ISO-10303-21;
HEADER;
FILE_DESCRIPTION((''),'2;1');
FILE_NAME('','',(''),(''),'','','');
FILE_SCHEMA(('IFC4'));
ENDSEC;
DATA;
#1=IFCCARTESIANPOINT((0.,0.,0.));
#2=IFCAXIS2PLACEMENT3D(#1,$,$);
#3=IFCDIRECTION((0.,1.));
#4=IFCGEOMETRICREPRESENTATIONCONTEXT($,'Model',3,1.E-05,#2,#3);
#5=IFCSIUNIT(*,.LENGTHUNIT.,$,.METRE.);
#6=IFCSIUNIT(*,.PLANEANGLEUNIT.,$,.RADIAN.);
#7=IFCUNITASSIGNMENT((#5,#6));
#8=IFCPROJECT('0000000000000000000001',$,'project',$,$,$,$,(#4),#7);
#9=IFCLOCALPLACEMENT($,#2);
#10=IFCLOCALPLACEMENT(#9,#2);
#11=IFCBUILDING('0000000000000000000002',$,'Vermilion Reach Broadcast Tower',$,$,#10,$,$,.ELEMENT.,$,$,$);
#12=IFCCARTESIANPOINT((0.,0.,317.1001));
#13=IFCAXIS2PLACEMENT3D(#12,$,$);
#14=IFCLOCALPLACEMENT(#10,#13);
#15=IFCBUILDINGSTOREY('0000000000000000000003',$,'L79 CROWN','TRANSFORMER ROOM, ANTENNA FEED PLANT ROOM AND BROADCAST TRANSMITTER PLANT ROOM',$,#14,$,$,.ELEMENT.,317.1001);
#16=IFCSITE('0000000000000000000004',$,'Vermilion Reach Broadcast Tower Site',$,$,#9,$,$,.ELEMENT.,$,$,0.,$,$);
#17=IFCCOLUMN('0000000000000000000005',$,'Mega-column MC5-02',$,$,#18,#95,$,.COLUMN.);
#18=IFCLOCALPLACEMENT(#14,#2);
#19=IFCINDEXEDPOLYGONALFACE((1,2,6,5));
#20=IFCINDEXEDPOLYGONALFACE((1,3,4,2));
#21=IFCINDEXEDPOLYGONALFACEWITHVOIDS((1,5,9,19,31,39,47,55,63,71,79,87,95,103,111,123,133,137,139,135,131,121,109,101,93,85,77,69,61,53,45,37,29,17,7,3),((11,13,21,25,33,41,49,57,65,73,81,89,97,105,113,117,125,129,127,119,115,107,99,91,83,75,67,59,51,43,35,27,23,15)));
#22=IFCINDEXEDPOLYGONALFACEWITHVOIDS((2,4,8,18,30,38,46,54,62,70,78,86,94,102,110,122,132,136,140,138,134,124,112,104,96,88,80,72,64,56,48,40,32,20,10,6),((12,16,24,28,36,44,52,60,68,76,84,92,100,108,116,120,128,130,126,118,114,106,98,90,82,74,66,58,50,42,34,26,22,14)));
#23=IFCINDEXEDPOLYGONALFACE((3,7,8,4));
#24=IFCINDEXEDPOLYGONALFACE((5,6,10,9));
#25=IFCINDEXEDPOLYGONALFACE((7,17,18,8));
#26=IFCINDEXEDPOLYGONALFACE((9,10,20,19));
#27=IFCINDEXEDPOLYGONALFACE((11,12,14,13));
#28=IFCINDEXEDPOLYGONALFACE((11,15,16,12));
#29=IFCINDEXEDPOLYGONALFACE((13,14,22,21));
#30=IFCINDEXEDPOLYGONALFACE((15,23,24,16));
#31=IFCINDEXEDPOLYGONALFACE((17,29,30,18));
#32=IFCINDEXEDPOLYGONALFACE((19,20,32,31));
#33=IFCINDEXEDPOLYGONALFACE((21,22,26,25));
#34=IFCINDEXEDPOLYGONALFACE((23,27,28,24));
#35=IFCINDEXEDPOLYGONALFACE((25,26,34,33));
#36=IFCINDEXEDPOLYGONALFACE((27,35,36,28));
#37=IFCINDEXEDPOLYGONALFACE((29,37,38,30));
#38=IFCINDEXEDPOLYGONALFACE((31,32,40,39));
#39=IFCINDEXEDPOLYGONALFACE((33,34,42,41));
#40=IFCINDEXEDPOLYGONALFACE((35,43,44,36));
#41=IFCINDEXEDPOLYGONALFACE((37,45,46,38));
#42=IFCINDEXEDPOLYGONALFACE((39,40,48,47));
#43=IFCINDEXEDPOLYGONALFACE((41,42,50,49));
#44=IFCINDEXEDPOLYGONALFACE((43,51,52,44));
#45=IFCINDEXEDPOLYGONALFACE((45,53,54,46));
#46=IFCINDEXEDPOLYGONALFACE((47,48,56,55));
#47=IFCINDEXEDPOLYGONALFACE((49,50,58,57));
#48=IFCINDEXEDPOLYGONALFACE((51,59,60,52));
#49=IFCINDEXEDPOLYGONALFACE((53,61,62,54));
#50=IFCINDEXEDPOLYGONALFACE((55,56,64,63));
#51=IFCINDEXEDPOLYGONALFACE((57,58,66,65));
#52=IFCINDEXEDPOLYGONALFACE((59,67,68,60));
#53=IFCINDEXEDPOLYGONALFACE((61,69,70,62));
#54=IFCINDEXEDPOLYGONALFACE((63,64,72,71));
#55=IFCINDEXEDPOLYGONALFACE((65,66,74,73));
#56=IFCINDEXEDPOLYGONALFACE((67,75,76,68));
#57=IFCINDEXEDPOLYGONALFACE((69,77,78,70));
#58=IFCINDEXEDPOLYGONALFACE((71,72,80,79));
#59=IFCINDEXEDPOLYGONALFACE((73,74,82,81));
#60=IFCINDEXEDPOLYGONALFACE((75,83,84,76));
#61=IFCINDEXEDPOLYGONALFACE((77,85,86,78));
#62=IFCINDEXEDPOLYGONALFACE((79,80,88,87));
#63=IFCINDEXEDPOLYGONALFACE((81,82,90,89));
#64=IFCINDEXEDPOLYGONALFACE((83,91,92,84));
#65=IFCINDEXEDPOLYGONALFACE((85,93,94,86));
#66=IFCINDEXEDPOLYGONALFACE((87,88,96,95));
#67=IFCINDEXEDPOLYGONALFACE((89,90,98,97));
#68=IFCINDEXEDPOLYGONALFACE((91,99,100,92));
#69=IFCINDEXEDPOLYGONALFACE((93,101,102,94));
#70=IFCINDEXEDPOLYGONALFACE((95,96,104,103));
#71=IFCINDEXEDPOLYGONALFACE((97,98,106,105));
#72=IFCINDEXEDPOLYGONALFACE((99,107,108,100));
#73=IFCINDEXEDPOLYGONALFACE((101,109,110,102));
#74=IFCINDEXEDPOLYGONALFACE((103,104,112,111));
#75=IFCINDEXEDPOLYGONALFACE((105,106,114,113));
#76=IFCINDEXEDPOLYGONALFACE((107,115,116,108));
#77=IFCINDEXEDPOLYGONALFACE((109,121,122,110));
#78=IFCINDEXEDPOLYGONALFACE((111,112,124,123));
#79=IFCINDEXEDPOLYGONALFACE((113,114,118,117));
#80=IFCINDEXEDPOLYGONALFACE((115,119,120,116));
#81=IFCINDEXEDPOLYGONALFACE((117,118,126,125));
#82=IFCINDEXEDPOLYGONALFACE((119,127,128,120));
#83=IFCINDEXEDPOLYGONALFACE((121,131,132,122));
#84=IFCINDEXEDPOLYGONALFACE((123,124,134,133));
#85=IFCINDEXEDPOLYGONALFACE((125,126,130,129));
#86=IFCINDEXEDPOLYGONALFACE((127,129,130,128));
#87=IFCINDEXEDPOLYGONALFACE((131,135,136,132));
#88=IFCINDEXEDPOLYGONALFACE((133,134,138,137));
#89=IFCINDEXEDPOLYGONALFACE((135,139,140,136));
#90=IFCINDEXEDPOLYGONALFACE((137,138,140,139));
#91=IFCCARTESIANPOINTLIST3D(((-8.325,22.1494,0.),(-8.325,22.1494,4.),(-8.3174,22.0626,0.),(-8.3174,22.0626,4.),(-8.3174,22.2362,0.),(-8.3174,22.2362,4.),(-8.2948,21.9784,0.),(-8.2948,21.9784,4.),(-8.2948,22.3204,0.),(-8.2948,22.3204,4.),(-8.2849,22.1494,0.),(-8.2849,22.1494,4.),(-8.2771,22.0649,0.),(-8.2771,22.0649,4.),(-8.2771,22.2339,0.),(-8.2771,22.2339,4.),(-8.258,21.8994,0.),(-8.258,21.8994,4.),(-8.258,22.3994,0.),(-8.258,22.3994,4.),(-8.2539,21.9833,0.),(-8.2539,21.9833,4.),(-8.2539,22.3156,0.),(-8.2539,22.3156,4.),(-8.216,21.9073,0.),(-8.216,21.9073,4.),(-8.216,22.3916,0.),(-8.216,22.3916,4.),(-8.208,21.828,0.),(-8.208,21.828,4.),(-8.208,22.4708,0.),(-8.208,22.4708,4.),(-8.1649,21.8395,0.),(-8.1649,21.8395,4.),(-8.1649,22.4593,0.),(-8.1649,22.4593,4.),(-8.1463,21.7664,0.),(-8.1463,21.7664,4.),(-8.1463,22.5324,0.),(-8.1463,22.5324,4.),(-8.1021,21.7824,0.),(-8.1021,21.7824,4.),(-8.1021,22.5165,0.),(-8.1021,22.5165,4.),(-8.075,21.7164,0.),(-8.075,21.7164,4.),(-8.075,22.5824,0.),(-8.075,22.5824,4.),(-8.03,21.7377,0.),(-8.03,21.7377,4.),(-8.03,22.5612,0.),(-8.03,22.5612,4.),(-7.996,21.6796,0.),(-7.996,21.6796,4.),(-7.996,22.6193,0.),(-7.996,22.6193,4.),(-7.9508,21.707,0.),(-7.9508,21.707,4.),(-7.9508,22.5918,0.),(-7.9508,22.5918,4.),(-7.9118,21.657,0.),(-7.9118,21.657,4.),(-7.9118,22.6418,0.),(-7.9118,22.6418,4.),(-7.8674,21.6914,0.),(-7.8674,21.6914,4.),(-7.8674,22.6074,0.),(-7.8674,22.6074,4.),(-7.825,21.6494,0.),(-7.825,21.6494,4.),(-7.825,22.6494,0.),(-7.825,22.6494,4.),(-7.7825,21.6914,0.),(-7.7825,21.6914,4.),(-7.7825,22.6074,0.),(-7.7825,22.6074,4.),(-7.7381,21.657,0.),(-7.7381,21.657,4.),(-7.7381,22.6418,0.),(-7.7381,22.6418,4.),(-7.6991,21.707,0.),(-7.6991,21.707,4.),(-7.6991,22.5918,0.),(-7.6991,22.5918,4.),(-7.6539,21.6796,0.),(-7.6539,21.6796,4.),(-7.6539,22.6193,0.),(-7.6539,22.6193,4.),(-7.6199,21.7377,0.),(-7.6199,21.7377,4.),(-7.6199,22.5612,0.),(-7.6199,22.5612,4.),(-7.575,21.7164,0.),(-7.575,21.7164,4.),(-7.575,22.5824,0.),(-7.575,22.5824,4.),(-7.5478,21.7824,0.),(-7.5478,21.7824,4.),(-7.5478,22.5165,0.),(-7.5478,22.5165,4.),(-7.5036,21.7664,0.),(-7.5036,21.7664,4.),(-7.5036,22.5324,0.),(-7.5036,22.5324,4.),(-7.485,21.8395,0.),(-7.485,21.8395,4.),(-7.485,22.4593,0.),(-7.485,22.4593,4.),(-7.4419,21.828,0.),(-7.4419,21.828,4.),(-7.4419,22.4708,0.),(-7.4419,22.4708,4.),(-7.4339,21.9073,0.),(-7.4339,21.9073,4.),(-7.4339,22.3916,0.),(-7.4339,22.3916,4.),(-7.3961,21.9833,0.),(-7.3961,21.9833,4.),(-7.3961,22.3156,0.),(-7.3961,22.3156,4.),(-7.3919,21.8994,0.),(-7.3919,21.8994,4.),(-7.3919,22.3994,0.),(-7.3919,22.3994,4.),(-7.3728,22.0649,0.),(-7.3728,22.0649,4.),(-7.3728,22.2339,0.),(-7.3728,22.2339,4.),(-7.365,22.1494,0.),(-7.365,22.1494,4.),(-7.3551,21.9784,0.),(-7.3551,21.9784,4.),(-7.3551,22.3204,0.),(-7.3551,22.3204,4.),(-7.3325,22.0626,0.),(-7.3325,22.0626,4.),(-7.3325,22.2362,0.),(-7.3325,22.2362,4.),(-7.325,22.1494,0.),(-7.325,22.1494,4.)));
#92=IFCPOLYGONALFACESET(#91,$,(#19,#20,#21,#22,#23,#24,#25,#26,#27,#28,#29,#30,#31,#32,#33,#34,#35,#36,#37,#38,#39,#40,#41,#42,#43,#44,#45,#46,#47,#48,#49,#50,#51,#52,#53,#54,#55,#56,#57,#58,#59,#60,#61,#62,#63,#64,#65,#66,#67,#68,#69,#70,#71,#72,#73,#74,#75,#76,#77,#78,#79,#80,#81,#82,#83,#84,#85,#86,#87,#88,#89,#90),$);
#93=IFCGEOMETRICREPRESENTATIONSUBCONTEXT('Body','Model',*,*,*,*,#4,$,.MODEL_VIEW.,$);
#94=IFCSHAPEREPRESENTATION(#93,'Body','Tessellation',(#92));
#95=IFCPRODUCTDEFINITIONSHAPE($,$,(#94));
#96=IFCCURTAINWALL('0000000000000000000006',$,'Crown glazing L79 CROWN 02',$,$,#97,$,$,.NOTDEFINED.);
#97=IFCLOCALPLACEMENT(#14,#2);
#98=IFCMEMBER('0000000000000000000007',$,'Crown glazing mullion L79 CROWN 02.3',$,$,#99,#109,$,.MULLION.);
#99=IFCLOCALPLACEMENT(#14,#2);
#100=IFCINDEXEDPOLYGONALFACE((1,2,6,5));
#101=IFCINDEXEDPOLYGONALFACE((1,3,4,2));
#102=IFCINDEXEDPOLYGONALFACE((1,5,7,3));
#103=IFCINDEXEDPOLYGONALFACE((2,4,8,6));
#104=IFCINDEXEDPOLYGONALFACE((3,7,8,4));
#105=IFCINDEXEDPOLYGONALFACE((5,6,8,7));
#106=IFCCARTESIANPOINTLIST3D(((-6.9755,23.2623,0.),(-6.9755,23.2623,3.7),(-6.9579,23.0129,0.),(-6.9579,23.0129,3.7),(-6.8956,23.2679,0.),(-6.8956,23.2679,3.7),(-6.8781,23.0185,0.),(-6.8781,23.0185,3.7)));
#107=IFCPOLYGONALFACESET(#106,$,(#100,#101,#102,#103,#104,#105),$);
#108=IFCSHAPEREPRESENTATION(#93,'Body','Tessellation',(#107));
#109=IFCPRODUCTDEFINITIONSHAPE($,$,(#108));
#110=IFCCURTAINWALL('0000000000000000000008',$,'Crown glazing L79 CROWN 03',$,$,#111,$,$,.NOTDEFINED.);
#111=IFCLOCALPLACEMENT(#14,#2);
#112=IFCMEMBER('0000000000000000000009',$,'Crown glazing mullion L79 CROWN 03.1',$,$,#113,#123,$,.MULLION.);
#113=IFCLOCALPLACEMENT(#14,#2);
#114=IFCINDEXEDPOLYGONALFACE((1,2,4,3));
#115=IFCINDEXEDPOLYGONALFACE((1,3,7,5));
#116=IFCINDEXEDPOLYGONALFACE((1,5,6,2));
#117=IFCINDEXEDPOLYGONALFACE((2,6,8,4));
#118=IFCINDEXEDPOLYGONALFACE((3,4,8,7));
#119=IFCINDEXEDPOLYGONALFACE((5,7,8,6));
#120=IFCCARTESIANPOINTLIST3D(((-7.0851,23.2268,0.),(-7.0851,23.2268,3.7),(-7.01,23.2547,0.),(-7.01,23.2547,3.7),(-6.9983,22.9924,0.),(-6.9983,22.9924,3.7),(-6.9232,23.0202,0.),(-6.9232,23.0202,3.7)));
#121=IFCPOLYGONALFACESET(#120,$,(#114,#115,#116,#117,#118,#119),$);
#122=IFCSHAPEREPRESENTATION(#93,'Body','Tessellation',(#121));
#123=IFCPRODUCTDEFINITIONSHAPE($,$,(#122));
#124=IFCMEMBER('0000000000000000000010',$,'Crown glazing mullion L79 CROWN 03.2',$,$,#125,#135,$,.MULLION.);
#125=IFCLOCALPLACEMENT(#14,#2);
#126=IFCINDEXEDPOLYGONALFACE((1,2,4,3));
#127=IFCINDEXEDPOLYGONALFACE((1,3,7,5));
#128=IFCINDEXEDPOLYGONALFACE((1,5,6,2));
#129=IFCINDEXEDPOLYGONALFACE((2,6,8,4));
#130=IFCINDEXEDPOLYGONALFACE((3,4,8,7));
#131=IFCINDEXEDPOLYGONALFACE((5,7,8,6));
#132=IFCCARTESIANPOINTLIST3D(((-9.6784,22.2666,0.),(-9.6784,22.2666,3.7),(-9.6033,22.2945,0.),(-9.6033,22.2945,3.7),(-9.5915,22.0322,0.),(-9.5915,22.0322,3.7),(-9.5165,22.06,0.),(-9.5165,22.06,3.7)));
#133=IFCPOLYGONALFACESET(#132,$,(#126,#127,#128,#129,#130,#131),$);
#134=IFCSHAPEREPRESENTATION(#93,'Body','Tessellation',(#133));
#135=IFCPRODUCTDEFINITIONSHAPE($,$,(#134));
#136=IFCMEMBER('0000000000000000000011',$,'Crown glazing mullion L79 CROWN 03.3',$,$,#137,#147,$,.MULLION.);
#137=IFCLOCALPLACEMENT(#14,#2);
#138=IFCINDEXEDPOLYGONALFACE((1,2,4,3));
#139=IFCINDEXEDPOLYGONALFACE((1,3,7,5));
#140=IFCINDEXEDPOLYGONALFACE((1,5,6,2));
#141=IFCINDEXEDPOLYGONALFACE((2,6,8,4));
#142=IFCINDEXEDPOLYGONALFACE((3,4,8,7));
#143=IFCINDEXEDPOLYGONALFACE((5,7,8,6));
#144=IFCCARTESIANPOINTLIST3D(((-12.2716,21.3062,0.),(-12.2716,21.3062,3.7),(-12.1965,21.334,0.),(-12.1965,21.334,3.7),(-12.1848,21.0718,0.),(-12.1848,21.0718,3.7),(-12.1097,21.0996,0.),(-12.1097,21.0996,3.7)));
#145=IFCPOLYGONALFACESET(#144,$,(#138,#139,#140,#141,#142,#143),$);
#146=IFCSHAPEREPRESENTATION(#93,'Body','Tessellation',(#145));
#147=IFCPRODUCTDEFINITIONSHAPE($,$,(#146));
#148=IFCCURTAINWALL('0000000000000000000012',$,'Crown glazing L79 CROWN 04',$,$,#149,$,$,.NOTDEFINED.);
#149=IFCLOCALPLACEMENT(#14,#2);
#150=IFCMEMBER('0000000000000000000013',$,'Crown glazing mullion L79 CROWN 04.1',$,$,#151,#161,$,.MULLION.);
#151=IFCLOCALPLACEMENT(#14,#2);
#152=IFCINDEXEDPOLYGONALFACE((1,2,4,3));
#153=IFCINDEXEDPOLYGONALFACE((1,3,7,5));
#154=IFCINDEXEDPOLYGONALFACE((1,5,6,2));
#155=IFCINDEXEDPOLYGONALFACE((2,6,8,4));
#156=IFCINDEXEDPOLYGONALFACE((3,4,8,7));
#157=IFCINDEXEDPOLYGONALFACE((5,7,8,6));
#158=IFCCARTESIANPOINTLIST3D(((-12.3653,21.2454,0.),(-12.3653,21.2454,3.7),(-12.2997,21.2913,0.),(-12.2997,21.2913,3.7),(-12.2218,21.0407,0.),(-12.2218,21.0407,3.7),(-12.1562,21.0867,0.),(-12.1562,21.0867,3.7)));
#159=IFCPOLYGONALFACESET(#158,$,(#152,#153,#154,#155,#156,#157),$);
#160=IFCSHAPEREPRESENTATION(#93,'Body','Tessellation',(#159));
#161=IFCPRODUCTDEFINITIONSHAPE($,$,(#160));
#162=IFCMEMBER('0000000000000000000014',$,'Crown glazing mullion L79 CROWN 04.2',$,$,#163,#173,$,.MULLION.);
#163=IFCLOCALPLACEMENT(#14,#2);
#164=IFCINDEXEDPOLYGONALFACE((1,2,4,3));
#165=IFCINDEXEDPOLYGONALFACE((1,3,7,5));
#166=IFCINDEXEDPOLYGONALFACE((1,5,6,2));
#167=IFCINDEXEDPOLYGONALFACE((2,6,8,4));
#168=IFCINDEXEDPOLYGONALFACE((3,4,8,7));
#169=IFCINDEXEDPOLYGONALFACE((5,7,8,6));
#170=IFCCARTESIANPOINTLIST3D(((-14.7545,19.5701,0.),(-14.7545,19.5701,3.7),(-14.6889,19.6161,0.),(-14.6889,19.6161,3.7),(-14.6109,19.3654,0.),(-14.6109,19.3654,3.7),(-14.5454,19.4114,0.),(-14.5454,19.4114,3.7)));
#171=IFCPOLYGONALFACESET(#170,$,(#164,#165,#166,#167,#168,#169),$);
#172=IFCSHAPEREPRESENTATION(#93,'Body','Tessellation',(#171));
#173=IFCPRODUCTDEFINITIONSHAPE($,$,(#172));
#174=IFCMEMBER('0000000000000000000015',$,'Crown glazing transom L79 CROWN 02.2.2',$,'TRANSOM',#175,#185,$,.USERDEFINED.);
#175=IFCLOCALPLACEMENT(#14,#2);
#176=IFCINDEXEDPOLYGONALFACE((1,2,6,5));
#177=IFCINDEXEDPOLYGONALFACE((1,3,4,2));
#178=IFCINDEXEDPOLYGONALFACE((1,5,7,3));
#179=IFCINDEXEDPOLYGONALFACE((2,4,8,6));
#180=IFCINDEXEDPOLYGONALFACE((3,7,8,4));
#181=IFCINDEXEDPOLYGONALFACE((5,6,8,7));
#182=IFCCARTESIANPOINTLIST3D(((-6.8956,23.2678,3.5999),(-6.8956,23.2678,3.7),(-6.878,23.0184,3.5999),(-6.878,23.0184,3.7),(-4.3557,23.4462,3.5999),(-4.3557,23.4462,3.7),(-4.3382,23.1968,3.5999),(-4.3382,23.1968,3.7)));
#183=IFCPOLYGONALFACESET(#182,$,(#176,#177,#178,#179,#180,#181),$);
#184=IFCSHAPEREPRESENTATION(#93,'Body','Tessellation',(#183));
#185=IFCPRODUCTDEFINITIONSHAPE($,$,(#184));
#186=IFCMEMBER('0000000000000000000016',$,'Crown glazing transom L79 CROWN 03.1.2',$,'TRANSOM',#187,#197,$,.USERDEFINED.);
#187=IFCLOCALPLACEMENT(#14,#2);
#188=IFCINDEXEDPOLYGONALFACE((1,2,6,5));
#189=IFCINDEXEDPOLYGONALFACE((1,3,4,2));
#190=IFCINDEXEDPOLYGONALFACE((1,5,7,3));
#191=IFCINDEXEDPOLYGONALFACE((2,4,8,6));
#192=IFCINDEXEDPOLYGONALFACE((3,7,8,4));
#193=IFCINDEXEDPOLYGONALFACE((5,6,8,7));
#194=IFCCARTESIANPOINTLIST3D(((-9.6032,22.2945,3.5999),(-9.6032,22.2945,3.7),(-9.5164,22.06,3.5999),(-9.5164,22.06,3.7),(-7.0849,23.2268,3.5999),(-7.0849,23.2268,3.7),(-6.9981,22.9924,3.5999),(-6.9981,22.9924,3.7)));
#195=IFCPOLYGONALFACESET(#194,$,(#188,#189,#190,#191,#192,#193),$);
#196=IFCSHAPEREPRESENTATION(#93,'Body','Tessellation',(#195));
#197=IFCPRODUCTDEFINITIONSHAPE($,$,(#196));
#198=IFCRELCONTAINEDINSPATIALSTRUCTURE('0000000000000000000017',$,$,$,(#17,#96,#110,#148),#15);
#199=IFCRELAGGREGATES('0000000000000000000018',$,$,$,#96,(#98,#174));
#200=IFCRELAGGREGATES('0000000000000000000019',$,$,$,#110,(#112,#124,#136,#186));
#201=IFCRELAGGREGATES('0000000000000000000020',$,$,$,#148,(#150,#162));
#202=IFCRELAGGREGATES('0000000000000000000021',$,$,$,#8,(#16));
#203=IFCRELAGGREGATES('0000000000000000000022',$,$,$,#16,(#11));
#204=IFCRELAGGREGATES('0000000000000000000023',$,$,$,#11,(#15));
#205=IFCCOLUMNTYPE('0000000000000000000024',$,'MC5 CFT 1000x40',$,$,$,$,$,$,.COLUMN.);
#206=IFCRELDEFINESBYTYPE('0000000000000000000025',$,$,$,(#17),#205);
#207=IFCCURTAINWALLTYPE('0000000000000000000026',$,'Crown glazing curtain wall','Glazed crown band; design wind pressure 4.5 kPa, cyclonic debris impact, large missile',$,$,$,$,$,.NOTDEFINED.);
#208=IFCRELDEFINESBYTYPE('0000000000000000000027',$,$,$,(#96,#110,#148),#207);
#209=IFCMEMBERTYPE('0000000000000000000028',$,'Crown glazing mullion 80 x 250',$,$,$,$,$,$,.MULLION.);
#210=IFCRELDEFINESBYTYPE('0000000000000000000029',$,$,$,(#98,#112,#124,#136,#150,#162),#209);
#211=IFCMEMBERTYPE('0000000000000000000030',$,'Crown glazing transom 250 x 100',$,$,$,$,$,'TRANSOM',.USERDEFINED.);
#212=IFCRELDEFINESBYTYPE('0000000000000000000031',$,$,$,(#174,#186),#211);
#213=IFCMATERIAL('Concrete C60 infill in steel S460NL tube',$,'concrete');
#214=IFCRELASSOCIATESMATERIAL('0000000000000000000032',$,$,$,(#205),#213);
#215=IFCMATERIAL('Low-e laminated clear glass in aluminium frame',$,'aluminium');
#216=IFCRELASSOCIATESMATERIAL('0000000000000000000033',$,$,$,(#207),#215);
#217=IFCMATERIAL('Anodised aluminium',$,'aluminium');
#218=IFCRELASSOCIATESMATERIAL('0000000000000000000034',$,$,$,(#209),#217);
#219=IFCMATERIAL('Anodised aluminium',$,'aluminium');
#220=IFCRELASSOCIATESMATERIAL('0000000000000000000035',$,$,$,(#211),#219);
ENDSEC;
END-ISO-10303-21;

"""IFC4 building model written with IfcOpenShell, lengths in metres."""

from ifc_helpers import new_model, si_unit, direction, frame, origin, origin_2d, place, context, subcontext, project, spatial, rectangle, hollow_circle, extrude, material, material_profile, profile_set, type_object, element, aggregate, save


model = new_model("IFC4")

# Units and contexts
model_context = context("Model", 3, precision=1e-05, world=origin(), true_north=direction((0.0, 1.0)))
body_context = subcontext(model_context, "Body", "Model", "MODEL_VIEW")
ifc_project = project(units=[si_unit("LENGTHUNIT", "METRE"), si_unit("PLANEANGLEUNIT", "RADIAN")], contexts=[model_context])

# Site, building, storey
site_placement = place(None, origin())
site = spatial("IfcSite", under=ifc_project, at=site_placement, Name="Vermilion Reach Broadcast Tower Site", CompositionType="ELEMENT", RefElevation=0.0)
building_placement = place(site_placement, origin())
building = spatial("IfcBuilding", under=site, at=building_placement, Name="Vermilion Reach Broadcast Tower", CompositionType="ELEMENT")
storey_placement = place(building_placement, frame((0.0, 0.0, 317.1001)))
storey = spatial("IfcBuildingStorey", under=building, at=storey_placement, Name="L79 CROWN", Description="TRANSFORMER ROOM, ANTENNA FEED PLANT ROOM AND BROADCAST TRANSMITTER PLANT ROOM", CompositionType="ELEMENT", Elevation=317.1001)

# Column
ifc_material_1 = material(Name="Concrete C60 infill in steel S460NL tube", Category="concrete")
ifc_material_profile_1 = material_profile(ifc_material_1, hollow_circle(Radius=0.5, WallThickness=0.04, at=origin_2d()), Name="Concrete C60 infill in steel S460NL tube CFT 1000x40")
ifc_profile_set_1 = profile_set([ifc_material_profile_1], Name="Concrete C60 infill in steel S460NL tube")
column_type = type_object("IfcColumnType", Name="MC5 CFT 1000x40", PredefinedType="COLUMN", material=ifc_profile_set_1)
column_placement = place(storey_placement, frame((-7.825, 22.1494, 0.0), z_axis=(0.0, 0.0, 1.0), x_axis=(1.0, 0.0, 0.0)))
element("IfcColumn", 1, at=column_placement, inside=storey, type_object=column_type, Name="Mega-column MC5-02", PredefinedType="COLUMN", context=body_context, shape_type="SweptSolid", body=[
    extrude(hollow_circle(Radius=0.5, WallThickness=0.04, at=origin_2d()), origin(), (0.0, 0.0, 1.0), 4.0),
])

# Curtain wall, member
ifc_material_2 = material(Name="Low-e laminated clear glass in aluminium frame", Category="aluminium")
curtain_wall_type = type_object("IfcCurtainWallType", Name="Crown glazing curtain wall", Description="Glazed crown band; design wind pressure 4.5 kPa, cyclonic debris impact, large missile", PredefinedType="NOTDEFINED", material=ifc_material_2)
placement = place(storey_placement, origin())
curtain_wall_1 = element("IfcCurtainWall", 2, at=placement, inside=storey, type_object=curtain_wall_type, Name="Crown glazing L79 CROWN 02", PredefinedType="NOTDEFINED")
ifc_material_3 = material(Name="Anodised aluminium", Category="aluminium")
ifc_material_profile_2 = material_profile(ifc_material_3, rectangle(XDim=0.25, YDim=0.0801, at=origin_2d()), Name="Crown glazing mullion 80 x 250")
ifc_profile_set_2 = profile_set([ifc_material_profile_2], Name="Anodised aluminium")
member_type_1 = type_object("IfcMemberType", Name="Crown glazing mullion 80 x 250", PredefinedType="MULLION", material=ifc_profile_set_2)
member_1_placement = place(storey_placement, frame((-6.9268, 23.1404, 0.0), z_axis=(0.0, 0.0, 1.0), x_axis=(0.070082, -0.997541, 0.0)))
member_1 = element("IfcMember", 3, at=member_1_placement, type_object=member_type_1, Name="Crown glazing mullion L79 CROWN 02.3", PredefinedType="MULLION", context=body_context, shape_type="SweptSolid", body=[
    extrude(rectangle(XDim=0.25, YDim=0.0801, at=origin_2d()), origin(), (0.0, 0.0, 1.0), 3.7),
])

# Curtain walls, members
curtain_wall_2 = element("IfcCurtainWall", 4, at=placement, inside=storey, type_object=curtain_wall_type, Name="Crown glazing L79 CROWN 03", PredefinedType="NOTDEFINED")
member_2_placement = place(storey_placement, frame((-7.0042, 23.1235, 0.0), z_axis=(0.0, 0.0, 1.0), x_axis=(0.347291, -0.937757, 0.0)))
member_2 = element("IfcMember", 5, at=member_2_placement, type_object=member_type_1, Name="Crown glazing mullion L79 CROWN 03.1", PredefinedType="MULLION", context=body_context, shape_type="SweptSolid", body=[
    extrude(rectangle(XDim=0.25, YDim=0.0801, at=origin_2d()), origin(), (0.0, 0.0, 1.0), 3.7),
])
member_3_placement = place(storey_placement, frame((-9.5974, 22.1633, 0.0), z_axis=(0.0, 0.0, 1.0), x_axis=(0.347291, -0.937757, 0.0)))
member_3 = element("IfcMember", 6, at=member_3_placement, type_object=member_type_1, Name="Crown glazing mullion L79 CROWN 03.2", PredefinedType="MULLION", context=body_context, shape_type="SweptSolid", body=[
    extrude(rectangle(XDim=0.25, YDim=0.0801, at=origin_2d()), origin(), (0.0, 0.0, 1.0), 3.7),
])
member_4_placement = place(storey_placement, frame((-12.1907, 21.2029, 0.0), z_axis=(0.0, 0.0, 1.0), x_axis=(0.347291, -0.937757, 0.0)))
member_4 = element("IfcMember", 7, at=member_4_placement, type_object=member_type_1, Name="Crown glazing mullion L79 CROWN 03.3", PredefinedType="MULLION", context=body_context, shape_type="SweptSolid", body=[
    extrude(rectangle(XDim=0.25, YDim=0.0801, at=origin_2d()), origin(), (0.0, 0.0, 1.0), 3.7),
])
curtain_wall_3 = element("IfcCurtainWall", 8, at=placement, inside=storey, type_object=curtain_wall_type, Name="Crown glazing L79 CROWN 04", PredefinedType="NOTDEFINED")
member_5_placement = place(storey_placement, frame((-12.2607, 21.166, 0.0), z_axis=(0.0, 0.0, 1.0), x_axis=(0.574164, -0.81874, 0.0)))
member_5 = element("IfcMember", 9, at=member_5_placement, type_object=member_type_1, Name="Crown glazing mullion L79 CROWN 04.1", PredefinedType="MULLION", context=body_context, shape_type="SweptSolid", body=[
    extrude(rectangle(XDim=0.25, YDim=0.0801, at=origin_2d()), origin(), (0.0, 0.0, 1.0), 3.7),
])
member_6_placement = place(storey_placement, frame((-14.6499, 19.4907, 0.0), z_axis=(0.0, 0.0, 1.0), x_axis=(0.574164, -0.81874, 0.0)))
member_6 = element("IfcMember", 10, at=member_6_placement, type_object=member_type_1, Name="Crown glazing mullion L79 CROWN 04.2", PredefinedType="MULLION", context=body_context, shape_type="SweptSolid", body=[
    extrude(rectangle(XDim=0.25, YDim=0.0801, at=origin_2d()), origin(), (0.0, 0.0, 1.0), 3.7),
])

# Members
ifc_material_4 = material(Name="Anodised aluminium", Category="aluminium")
ifc_material_profile_3 = material_profile(ifc_material_4, rectangle(XDim=0.25, YDim=0.1001, at=origin_2d()), Name="Crown glazing transom 250 x 100")
ifc_profile_set_3 = profile_set([ifc_material_profile_3], Name="Anodised aluminium")
member_type_2 = type_object("IfcMemberType", Name="Crown glazing transom 250 x 100", ElementType="TRANSOM", PredefinedType="USERDEFINED", material=ifc_profile_set_3)
member_7_placement = place(storey_placement, frame((-4.3469, 23.3215, 3.6499), z_axis=(-0.99754, -0.070095, 0.0), x_axis=(0.070095, -0.99754, 0.0)))
member_7 = element("IfcMember", 11, at=member_7_placement, type_object=member_type_2, Name="Crown glazing transom L79 CROWN 02.2.2", ObjectType="TRANSOM", PredefinedType="USERDEFINED", context=body_context, shape_type="SweptSolid", body=[
    extrude(rectangle(XDim=0.25, YDim=0.1001, at=origin_2d()), origin(), (0.0, 0.0, 1.0), 2.5461),
])
member_8_placement = place(storey_placement, frame((-7.0415, 23.1096, 3.6499), z_axis=(-0.937789, -0.347205, 0.0), x_axis=(0.347205, -0.937789, 0.0)))
member_8 = element("IfcMember", 12, at=member_8_placement, type_object=member_type_2, Name="Crown glazing transom L79 CROWN 03.1.2", ObjectType="TRANSOM", PredefinedType="USERDEFINED", context=body_context, shape_type="SweptSolid", body=[
    extrude(rectangle(XDim=0.25, YDim=0.1001, at=origin_2d()), origin(), (0.0, 0.0, 1.0), 2.6853),
])

aggregate(curtain_wall_1, [member_1, member_7])
aggregate(curtain_wall_2, [member_2, member_3, member_4, member_8])
aggregate(curtain_wall_3, [member_5, member_6])

save(model, "model.ifc")
